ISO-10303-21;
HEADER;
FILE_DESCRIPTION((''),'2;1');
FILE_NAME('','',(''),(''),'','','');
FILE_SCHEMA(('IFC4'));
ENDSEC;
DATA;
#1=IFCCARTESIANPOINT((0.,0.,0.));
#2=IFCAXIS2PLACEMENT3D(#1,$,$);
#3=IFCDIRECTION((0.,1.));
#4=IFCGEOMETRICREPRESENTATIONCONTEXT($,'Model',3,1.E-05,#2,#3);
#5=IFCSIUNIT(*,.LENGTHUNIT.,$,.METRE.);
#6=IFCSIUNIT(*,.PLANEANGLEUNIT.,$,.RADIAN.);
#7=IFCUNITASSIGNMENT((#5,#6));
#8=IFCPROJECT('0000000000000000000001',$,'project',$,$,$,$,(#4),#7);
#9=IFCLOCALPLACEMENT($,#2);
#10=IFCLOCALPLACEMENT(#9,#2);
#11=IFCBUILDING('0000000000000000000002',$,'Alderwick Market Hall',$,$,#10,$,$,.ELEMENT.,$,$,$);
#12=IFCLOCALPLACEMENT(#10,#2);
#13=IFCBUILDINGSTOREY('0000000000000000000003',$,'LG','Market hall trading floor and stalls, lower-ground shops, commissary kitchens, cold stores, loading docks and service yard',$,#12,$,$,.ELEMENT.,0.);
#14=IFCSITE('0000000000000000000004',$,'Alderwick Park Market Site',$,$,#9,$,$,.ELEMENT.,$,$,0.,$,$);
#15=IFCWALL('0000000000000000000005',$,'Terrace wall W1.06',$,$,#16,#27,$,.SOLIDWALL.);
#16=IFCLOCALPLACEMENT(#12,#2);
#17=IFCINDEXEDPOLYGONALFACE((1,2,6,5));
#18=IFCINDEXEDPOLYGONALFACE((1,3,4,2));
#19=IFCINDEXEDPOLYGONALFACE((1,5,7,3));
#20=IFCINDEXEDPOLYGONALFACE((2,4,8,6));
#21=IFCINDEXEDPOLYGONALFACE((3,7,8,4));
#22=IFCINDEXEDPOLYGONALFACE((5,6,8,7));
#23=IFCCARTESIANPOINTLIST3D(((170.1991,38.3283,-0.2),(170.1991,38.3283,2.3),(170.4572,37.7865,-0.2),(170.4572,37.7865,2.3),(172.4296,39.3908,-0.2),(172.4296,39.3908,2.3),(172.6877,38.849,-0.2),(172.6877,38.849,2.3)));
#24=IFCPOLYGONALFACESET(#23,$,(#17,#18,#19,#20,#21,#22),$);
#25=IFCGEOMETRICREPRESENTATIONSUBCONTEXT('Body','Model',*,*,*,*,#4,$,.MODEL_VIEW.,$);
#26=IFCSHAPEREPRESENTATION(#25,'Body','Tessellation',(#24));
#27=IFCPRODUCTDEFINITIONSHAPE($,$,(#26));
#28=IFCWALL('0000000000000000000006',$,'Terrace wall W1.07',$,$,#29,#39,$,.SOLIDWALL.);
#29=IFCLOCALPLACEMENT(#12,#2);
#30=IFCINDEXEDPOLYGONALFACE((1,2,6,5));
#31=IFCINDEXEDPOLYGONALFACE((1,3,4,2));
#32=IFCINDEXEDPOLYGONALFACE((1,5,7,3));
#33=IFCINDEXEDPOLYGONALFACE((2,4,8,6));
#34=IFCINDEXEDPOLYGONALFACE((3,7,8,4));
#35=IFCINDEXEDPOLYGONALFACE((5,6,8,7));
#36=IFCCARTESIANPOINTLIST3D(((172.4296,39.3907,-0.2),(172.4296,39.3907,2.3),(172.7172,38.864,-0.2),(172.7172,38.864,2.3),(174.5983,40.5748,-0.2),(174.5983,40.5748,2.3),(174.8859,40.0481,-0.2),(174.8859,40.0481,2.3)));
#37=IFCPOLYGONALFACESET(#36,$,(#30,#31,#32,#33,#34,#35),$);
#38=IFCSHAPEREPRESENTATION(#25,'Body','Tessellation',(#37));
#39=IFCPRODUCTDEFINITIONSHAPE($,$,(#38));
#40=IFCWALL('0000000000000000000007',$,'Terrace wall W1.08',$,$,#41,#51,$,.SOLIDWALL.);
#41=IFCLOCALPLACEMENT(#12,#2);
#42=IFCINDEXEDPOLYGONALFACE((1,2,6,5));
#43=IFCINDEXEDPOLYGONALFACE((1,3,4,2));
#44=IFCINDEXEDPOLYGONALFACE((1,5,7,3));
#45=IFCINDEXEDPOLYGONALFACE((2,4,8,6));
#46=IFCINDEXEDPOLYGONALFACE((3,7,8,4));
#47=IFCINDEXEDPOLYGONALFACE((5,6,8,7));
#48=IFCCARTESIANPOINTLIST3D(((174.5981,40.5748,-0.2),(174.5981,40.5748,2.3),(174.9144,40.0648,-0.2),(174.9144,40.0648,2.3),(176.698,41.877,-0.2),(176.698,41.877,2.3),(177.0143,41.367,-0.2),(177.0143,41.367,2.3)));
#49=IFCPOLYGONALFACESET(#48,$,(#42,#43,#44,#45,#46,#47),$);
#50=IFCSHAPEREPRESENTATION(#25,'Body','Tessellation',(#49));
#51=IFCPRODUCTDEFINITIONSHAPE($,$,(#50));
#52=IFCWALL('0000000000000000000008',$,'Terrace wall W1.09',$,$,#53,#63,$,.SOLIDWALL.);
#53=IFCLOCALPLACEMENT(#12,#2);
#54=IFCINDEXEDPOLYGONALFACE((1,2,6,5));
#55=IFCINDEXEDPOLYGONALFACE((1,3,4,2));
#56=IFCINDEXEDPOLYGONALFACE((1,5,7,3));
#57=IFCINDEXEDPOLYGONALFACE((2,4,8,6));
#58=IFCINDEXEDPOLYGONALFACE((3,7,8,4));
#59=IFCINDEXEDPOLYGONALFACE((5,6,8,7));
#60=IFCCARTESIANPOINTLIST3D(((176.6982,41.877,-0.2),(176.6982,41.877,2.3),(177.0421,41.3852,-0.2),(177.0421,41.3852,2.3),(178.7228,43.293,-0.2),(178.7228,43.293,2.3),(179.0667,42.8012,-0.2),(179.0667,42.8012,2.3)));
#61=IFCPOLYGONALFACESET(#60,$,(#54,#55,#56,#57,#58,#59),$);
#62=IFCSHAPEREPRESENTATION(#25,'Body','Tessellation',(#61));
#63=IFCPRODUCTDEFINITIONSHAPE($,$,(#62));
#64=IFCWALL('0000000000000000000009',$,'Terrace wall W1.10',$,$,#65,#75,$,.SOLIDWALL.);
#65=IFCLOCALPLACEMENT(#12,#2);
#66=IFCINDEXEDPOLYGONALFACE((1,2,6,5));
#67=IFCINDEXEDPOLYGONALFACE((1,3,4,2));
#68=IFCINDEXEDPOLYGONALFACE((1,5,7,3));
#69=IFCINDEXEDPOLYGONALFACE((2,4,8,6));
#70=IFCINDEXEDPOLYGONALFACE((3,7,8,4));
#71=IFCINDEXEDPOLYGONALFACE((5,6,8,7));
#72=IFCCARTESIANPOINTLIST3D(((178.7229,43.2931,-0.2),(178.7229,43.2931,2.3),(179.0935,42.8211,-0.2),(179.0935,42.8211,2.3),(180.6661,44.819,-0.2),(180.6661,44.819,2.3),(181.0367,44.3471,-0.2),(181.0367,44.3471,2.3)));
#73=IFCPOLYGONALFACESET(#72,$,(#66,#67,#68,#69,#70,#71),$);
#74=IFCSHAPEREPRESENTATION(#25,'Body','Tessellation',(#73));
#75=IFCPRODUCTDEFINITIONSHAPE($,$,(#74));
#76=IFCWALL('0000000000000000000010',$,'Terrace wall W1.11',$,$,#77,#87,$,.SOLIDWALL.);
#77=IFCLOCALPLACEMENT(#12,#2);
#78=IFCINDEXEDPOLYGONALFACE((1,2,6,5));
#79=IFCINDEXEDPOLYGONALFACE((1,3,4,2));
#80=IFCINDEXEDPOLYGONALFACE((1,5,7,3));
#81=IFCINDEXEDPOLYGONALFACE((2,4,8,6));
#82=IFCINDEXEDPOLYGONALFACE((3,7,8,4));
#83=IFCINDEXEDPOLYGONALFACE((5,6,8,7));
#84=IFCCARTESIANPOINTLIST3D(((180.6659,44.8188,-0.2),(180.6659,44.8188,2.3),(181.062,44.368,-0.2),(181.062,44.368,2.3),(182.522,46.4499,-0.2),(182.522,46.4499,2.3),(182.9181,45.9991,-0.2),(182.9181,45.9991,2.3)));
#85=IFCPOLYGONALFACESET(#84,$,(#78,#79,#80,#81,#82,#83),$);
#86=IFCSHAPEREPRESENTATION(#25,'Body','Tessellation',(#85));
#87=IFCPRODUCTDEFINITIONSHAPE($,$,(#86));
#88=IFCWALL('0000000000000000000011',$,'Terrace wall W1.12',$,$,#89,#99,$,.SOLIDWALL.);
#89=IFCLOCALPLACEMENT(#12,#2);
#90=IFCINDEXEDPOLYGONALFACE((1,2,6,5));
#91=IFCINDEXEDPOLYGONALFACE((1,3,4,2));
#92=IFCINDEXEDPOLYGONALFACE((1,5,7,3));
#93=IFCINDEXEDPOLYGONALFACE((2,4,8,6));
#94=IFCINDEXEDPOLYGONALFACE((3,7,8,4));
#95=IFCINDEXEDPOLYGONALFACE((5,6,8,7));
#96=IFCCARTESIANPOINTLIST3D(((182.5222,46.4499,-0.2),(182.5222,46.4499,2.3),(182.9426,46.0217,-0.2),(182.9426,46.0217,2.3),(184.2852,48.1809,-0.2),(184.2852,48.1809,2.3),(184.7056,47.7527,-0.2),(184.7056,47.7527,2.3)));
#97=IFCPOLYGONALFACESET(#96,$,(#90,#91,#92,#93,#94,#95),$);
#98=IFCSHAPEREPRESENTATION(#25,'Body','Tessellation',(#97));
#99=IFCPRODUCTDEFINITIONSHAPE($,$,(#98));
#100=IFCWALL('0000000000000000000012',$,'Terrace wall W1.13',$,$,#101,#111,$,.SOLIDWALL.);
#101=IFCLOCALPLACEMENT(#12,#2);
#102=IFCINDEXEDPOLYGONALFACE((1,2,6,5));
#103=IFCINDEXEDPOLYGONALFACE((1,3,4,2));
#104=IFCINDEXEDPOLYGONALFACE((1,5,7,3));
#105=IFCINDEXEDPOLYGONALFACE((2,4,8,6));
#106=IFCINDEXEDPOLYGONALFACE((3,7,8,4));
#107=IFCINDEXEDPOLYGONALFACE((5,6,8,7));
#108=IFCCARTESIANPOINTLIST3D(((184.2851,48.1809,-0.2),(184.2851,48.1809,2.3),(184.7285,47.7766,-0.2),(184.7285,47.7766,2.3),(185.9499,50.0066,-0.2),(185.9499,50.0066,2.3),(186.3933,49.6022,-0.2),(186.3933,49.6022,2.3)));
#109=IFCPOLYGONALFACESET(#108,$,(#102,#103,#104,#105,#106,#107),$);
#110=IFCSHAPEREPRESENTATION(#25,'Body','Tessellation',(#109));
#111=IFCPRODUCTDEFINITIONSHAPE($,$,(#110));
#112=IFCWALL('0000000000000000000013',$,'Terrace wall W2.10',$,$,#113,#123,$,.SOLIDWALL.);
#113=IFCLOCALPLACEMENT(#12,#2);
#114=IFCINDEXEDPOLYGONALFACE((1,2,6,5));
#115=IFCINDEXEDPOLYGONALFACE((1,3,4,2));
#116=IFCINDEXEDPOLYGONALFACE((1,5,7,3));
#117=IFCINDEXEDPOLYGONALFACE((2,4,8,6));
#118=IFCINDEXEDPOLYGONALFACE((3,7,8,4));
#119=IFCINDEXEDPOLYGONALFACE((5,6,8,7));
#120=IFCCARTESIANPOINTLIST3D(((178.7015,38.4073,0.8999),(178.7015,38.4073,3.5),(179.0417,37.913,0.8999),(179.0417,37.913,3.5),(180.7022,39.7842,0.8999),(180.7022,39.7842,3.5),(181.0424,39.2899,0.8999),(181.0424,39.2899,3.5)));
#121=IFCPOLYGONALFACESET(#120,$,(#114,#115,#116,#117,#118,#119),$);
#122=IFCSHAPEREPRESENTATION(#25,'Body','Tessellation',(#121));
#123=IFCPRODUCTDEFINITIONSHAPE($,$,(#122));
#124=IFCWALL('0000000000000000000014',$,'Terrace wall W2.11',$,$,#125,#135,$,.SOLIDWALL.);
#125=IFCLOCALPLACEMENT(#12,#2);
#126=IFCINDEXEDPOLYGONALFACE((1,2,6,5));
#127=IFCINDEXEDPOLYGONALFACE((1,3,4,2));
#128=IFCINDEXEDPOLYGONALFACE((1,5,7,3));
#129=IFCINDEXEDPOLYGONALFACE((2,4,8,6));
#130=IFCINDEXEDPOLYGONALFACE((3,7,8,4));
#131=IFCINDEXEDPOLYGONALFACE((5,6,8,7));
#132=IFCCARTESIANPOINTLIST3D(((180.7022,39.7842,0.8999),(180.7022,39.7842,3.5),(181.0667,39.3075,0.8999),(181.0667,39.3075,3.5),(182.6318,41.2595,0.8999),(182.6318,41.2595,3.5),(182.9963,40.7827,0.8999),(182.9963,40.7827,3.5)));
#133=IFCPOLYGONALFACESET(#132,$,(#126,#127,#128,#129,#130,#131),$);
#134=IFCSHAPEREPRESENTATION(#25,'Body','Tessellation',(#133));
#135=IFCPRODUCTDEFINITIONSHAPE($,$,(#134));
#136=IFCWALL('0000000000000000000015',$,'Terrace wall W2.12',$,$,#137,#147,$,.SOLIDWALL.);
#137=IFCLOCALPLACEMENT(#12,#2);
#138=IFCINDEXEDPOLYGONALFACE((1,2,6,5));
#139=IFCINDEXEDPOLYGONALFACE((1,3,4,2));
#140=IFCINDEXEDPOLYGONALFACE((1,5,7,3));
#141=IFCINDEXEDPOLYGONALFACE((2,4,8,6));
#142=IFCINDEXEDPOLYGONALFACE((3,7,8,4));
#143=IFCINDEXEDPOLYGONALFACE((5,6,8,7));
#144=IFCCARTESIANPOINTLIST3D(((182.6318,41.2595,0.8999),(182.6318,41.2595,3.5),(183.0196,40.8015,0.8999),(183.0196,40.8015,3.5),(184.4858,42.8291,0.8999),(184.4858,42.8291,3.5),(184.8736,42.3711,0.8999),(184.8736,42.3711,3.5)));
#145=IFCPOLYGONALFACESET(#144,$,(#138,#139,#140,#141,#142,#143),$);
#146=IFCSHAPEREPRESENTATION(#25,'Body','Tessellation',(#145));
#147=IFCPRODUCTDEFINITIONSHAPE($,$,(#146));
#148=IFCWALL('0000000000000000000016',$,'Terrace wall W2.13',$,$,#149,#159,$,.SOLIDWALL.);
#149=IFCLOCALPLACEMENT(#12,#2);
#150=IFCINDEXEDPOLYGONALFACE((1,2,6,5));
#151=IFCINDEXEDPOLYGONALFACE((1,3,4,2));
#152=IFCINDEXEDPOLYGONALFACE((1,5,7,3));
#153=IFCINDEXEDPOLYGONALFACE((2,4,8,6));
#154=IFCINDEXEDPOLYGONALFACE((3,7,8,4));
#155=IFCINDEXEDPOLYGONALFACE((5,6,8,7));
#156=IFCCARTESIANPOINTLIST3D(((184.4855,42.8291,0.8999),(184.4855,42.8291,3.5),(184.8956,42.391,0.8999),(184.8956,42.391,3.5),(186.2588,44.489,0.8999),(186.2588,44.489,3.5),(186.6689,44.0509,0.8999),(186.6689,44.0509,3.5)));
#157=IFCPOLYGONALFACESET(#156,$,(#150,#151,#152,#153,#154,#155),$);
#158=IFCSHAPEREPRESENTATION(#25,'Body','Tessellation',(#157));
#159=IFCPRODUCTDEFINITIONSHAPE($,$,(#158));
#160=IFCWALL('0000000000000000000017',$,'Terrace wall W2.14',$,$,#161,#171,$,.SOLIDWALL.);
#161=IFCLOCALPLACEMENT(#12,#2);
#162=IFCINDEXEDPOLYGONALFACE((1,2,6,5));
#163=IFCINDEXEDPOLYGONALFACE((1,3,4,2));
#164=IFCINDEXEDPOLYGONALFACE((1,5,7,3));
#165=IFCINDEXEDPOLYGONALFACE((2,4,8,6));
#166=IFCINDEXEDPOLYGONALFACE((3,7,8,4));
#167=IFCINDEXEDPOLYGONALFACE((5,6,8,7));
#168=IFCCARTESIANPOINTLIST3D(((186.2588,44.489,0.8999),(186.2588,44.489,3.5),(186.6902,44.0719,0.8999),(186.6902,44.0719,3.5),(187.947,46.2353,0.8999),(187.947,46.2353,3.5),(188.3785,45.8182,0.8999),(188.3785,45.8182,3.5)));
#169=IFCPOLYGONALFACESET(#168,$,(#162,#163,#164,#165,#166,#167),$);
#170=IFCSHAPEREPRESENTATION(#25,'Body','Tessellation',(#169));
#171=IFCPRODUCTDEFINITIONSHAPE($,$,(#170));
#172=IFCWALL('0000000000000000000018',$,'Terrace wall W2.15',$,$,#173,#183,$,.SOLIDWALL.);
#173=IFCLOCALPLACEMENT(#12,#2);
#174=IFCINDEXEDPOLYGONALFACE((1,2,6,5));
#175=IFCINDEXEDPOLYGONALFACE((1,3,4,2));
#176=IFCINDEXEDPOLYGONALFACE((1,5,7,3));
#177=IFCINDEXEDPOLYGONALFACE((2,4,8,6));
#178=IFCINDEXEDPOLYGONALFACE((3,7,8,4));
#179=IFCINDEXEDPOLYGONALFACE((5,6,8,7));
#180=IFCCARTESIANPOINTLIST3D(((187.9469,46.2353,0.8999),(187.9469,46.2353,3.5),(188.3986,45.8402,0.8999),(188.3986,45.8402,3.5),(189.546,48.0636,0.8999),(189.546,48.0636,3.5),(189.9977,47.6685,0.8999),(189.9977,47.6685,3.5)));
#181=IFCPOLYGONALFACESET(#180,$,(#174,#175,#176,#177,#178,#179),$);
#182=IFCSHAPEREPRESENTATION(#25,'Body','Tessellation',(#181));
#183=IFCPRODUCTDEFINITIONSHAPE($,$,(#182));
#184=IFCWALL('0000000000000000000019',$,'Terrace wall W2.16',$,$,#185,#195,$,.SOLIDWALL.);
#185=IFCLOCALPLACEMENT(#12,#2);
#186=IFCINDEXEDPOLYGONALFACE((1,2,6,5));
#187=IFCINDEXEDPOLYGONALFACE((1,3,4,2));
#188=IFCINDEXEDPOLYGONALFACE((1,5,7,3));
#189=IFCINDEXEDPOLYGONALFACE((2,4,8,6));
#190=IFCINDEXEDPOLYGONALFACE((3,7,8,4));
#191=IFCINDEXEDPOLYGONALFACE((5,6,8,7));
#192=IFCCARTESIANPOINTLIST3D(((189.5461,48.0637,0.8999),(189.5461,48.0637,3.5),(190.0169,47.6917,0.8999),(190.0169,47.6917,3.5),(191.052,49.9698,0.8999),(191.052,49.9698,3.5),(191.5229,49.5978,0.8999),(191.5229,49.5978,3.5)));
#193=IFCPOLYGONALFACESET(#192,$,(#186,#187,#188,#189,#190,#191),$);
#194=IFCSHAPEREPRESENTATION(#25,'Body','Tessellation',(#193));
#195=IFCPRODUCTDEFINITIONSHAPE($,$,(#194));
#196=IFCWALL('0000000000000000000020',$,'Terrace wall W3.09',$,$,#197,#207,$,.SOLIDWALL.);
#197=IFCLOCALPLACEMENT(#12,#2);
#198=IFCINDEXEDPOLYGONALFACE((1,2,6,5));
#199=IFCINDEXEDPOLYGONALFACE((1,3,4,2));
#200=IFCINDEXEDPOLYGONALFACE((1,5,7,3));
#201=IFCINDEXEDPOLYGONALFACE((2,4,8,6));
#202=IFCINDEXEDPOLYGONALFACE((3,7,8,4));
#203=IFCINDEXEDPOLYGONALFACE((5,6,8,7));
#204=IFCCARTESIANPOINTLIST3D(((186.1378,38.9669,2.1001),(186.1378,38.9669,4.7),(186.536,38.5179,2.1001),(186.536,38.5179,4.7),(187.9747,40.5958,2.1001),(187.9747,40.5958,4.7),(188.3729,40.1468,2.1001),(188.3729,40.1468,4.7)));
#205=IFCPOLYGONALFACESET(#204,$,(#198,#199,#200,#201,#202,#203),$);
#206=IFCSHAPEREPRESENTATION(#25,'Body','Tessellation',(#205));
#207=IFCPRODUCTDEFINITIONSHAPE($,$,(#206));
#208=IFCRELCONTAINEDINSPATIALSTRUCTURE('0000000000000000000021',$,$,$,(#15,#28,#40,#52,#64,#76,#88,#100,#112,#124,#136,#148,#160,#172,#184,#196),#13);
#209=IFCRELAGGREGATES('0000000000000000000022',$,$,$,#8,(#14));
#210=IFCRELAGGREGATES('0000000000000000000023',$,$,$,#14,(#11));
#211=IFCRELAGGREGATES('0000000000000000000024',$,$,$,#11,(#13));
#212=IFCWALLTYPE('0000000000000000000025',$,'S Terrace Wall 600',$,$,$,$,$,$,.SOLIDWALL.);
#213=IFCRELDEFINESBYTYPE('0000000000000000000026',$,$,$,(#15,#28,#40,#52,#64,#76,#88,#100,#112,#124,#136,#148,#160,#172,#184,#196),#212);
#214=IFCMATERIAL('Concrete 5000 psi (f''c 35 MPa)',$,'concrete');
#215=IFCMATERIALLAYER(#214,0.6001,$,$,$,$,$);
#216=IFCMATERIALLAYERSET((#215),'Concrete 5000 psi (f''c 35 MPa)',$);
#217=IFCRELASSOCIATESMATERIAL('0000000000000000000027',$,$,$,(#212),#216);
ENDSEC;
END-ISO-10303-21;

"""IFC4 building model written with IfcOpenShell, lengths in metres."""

from ifc_helpers import new_model, si_unit, direction, frame, frame_2d, origin, place, context, subcontext, project, spatial, rectangle, extrude, material, layer, layer_set, type_object, element, save


model = new_model("IFC4")

# Units and contexts
model_context = context("Model", 3, precision=1e-05, world=origin(), true_north=direction((0.0, 1.0)))
body_context = subcontext(model_context, "Body", "Model", "MODEL_VIEW")
ifc_project = project(units=[si_unit("LENGTHUNIT", "METRE"), si_unit("PLANEANGLEUNIT", "RADIAN")], contexts=[model_context])

# Site, building, storey
site_placement = place(None, origin())
site = spatial("IfcSite", under=ifc_project, at=site_placement, Name="Alderwick Park Market Site", CompositionType="ELEMENT", RefElevation=0.0)
building_placement = place(site_placement, origin())
building = spatial("IfcBuilding", under=site, at=building_placement, Name="Alderwick Market Hall", CompositionType="ELEMENT")
storey_placement = place(building_placement, origin())
storey = spatial("IfcBuildingStorey", under=building, at=storey_placement, Name="LG", Description="Market hall trading floor and stalls, lower-ground shops, commissary kitchens, cold stores, loading docks and service yard", CompositionType="ELEMENT", Elevation=0.0)

# Walls
ifc_material = material(Name="Concrete 5000 psi (f'c 35 MPa)", Category="concrete")
ifc_layer = layer(ifc_material, 0.6001)
ifc_layer_set = layer_set([ifc_layer], Name="Concrete 5000 psi (f'c 35 MPa)")
wall_type = type_object("IfcWallType", Name="S Terrace Wall 600", PredefinedType="SOLIDWALL", material=ifc_layer_set)
wall_1_placement = place(storey_placement, frame((170.3281, 38.0574, -0.2), z_axis=(0.0, 0.0, 1.0), x_axis=(0.902802, 0.430056, 0.0)))
element("IfcWall", 1, at=wall_1_placement, inside=storey, type_object=wall_type, Name="Terrace wall W1.06", PredefinedType="SOLIDWALL", context=body_context, shape_type="SweptSolid", body=[
    extrude(rectangle(XDim=2.4707, YDim=0.6001, at=frame_2d((1.2354, 0.0))), origin(), (0.0, 0.0, 1.0), 2.5),
])
for number, where, z_axis, x_axis, name in (
    (2, (172.5735, 39.1274, -0.2), (0.0, 0.0, 1.0), (0.877699, 0.479212, 0.0), "Terrace wall W1.07"),
    (3, (174.7563, 40.3198, -0.2), (0.0, 0.0, 1.0), (0.849842, 0.527038, 0.0), "Terrace wall W1.08"),
):
    element("IfcWall", number, at=place(storey_placement, frame(where, z_axis=z_axis, x_axis=x_axis)), inside=storey, type_object=wall_type, Name=name, PredefinedType="SOLIDWALL", context=body_context, shape_type="SweptSolid", body=[
        extrude(rectangle(XDim=2.4709, YDim=0.6001, at=frame_2d((1.2354, 0.0))), origin(), (0.0, 0.0, 1.0), 2.5),
    ])
for number, where, z_axis, x_axis, name in (
    (4, (176.8701, 41.6311, -0.2), (0.0, 0.0, 1.0), (0.819469, 0.573124, 0.0), "Terrace wall W1.09"),
    (5, (178.9082, 43.0571, -0.2), (0.0, 0.0, 1.0), (0.786486, 0.617608, 0.0), "Terrace wall W1.10"),
):
    element("IfcWall", number, at=place(storey_placement, frame(where, z_axis=z_axis, x_axis=x_axis)), inside=storey, type_object=wall_type, Name=name, PredefinedType="SOLIDWALL", context=body_context, shape_type="SweptSolid", body=[
        extrude(rectangle(XDim=2.4707, YDim=0.6001, at=frame_2d((1.2354, 0.0))), origin(), (0.0, 0.0, 1.0), 2.5),
    ])
wall_2_placement = place(storey_placement, frame((180.864, 44.5935, -0.2), z_axis=(0.0, 0.0, 1.0), x_axis=(0.751186, 0.660091, 0.0)))
element("IfcWall", 6, at=wall_2_placement, inside=storey, type_object=wall_type, Name="Terrace wall W1.11", PredefinedType="SOLIDWALL", context=body_context, shape_type="SweptSolid", body=[
    extrude(rectangle(XDim=2.4709, YDim=0.6001, at=frame_2d((1.2354, 0.0))), origin(), (0.0, 0.0, 1.0), 2.5),
])
for number, where, z_axis, x_axis, name in (
    (7, (182.7324, 46.2358, -0.2), (0.0, 0.0, 1.0), (0.71355, 0.700605, 0.0), "Terrace wall W1.12"),
    (8, (184.5068, 47.9788, -0.2), (0.0, 0.0, 1.0), (0.673798, 0.738915, 0.0), "Terrace wall W1.13"),
):
    element("IfcWall", number, at=place(storey_placement, frame(where, z_axis=z_axis, x_axis=x_axis)), inside=storey, type_object=wall_type, Name=name, PredefinedType="SOLIDWALL", context=body_context, shape_type="SweptSolid", body=[
        extrude(rectangle(XDim=2.4707, YDim=0.6001, at=frame_2d((1.2354, 0.0))), origin(), (0.0, 0.0, 1.0), 2.5),
    ])
wall_3_placement = place(storey_placement, frame((178.8716, 38.1602, 0.8999), z_axis=(0.0, 0.0, 1.0), x_axis=(0.823763, 0.566934, 0.0)))
element("IfcWall", 9, at=wall_3_placement, inside=storey, type_object=wall_type, Name="Terrace wall W2.10", PredefinedType="SOLIDWALL", context=body_context, shape_type="SweptSolid", body=[
    extrude(rectangle(XDim=2.4287, YDim=0.6001, at=frame_2d((1.2144, 0.0))), origin(), (0.0, 0.0, 1.0), 2.6001),
])
wall_4_placement = place(storey_placement, frame((180.8845, 39.5459, 0.8999), z_axis=(0.0, 0.0, 1.0), x_axis=(0.794418, 0.607372, 0.0)))
element("IfcWall", 10, at=wall_4_placement, inside=storey, type_object=wall_type, Name="Terrace wall W2.11", PredefinedType="SOLIDWALL", context=body_context, shape_type="SweptSolid", body=[
    extrude(rectangle(XDim=2.429, YDim=0.6001, at=frame_2d((1.2144, 0.0))), origin(), (0.0, 0.0, 1.0), 2.6001),
])
wall_5_placement = place(storey_placement, frame((182.8257, 41.0305, 0.8999), z_axis=(0.0, 0.0, 1.0), x_axis=(0.763222, 0.646136, 0.0)))
element("IfcWall", 11, at=wall_5_placement, inside=storey, type_object=wall_type, Name="Terrace wall W2.12", PredefinedType="SOLIDWALL", context=body_context, shape_type="SweptSolid", body=[
    extrude(rectangle(XDim=2.4292, YDim=0.6001, at=frame_2d((1.2146, 0.0))), origin(), (0.0, 0.0, 1.0), 2.6001),
])
for number, where, z_axis, x_axis, name in (
    (12, (184.6907, 42.6101, 0.8999), (0.0, 0.0, 1.0), (0.730042, 0.683403, 0.0), "Terrace wall W2.13"),
    (13, (186.4746, 44.2805, 0.8999), (0.0, 0.0, 1.0), (0.695045, 0.718967, 0.0), "Terrace wall W2.14"),
    (14, (188.1729, 46.0378, 0.8999), (0.0, 0.0, 1.0), (0.658341, 0.75272, 0.0), "Terrace wall W2.15"),
):
    element("IfcWall", number, at=place(storey_placement, frame(where, z_axis=z_axis, x_axis=x_axis)), inside=storey, type_object=wall_type, Name=name, PredefinedType="SOLIDWALL", context=body_context, shape_type="SweptSolid", body=[
        extrude(rectangle(XDim=2.429, YDim=0.6001, at=frame_2d((1.2144, 0.0))), origin(), (0.0, 0.0, 1.0), 2.6001),
    ])
wall_6_placement = place(storey_placement, frame((189.7815, 47.8777, 0.8999), z_axis=(0.0, 0.0, 1.0), x_axis=(0.619928, 0.784659, 0.0)))
element("IfcWall", 15, at=wall_6_placement, inside=storey, type_object=wall_type, Name="Terrace wall W2.16", PredefinedType="SOLIDWALL", context=body_context, shape_type="SweptSolid", body=[
    extrude(rectangle(XDim=2.4292, YDim=0.6001, at=frame_2d((1.2146, 0.0))), origin(), (0.0, 0.0, 1.0), 2.6001),
])
wall_7_placement = place(storey_placement, frame((186.3369, 38.7424, 2.1001), z_axis=(0.0, 0.0, 1.0), x_axis=(0.748199, 0.663475, 0.0)))
element("IfcWall", 16, at=wall_7_placement, inside=storey, type_object=wall_type, Name="Terrace wall W3.09", PredefinedType="SOLIDWALL", context=body_context, shape_type="SweptSolid", body=[
    extrude(rectangle(XDim=2.4551, YDim=0.6001, at=frame_2d((1.2275, 0.0))), origin(), (0.0, 0.0, 1.0), 2.5999),
])

save(model, "model.ifc")
